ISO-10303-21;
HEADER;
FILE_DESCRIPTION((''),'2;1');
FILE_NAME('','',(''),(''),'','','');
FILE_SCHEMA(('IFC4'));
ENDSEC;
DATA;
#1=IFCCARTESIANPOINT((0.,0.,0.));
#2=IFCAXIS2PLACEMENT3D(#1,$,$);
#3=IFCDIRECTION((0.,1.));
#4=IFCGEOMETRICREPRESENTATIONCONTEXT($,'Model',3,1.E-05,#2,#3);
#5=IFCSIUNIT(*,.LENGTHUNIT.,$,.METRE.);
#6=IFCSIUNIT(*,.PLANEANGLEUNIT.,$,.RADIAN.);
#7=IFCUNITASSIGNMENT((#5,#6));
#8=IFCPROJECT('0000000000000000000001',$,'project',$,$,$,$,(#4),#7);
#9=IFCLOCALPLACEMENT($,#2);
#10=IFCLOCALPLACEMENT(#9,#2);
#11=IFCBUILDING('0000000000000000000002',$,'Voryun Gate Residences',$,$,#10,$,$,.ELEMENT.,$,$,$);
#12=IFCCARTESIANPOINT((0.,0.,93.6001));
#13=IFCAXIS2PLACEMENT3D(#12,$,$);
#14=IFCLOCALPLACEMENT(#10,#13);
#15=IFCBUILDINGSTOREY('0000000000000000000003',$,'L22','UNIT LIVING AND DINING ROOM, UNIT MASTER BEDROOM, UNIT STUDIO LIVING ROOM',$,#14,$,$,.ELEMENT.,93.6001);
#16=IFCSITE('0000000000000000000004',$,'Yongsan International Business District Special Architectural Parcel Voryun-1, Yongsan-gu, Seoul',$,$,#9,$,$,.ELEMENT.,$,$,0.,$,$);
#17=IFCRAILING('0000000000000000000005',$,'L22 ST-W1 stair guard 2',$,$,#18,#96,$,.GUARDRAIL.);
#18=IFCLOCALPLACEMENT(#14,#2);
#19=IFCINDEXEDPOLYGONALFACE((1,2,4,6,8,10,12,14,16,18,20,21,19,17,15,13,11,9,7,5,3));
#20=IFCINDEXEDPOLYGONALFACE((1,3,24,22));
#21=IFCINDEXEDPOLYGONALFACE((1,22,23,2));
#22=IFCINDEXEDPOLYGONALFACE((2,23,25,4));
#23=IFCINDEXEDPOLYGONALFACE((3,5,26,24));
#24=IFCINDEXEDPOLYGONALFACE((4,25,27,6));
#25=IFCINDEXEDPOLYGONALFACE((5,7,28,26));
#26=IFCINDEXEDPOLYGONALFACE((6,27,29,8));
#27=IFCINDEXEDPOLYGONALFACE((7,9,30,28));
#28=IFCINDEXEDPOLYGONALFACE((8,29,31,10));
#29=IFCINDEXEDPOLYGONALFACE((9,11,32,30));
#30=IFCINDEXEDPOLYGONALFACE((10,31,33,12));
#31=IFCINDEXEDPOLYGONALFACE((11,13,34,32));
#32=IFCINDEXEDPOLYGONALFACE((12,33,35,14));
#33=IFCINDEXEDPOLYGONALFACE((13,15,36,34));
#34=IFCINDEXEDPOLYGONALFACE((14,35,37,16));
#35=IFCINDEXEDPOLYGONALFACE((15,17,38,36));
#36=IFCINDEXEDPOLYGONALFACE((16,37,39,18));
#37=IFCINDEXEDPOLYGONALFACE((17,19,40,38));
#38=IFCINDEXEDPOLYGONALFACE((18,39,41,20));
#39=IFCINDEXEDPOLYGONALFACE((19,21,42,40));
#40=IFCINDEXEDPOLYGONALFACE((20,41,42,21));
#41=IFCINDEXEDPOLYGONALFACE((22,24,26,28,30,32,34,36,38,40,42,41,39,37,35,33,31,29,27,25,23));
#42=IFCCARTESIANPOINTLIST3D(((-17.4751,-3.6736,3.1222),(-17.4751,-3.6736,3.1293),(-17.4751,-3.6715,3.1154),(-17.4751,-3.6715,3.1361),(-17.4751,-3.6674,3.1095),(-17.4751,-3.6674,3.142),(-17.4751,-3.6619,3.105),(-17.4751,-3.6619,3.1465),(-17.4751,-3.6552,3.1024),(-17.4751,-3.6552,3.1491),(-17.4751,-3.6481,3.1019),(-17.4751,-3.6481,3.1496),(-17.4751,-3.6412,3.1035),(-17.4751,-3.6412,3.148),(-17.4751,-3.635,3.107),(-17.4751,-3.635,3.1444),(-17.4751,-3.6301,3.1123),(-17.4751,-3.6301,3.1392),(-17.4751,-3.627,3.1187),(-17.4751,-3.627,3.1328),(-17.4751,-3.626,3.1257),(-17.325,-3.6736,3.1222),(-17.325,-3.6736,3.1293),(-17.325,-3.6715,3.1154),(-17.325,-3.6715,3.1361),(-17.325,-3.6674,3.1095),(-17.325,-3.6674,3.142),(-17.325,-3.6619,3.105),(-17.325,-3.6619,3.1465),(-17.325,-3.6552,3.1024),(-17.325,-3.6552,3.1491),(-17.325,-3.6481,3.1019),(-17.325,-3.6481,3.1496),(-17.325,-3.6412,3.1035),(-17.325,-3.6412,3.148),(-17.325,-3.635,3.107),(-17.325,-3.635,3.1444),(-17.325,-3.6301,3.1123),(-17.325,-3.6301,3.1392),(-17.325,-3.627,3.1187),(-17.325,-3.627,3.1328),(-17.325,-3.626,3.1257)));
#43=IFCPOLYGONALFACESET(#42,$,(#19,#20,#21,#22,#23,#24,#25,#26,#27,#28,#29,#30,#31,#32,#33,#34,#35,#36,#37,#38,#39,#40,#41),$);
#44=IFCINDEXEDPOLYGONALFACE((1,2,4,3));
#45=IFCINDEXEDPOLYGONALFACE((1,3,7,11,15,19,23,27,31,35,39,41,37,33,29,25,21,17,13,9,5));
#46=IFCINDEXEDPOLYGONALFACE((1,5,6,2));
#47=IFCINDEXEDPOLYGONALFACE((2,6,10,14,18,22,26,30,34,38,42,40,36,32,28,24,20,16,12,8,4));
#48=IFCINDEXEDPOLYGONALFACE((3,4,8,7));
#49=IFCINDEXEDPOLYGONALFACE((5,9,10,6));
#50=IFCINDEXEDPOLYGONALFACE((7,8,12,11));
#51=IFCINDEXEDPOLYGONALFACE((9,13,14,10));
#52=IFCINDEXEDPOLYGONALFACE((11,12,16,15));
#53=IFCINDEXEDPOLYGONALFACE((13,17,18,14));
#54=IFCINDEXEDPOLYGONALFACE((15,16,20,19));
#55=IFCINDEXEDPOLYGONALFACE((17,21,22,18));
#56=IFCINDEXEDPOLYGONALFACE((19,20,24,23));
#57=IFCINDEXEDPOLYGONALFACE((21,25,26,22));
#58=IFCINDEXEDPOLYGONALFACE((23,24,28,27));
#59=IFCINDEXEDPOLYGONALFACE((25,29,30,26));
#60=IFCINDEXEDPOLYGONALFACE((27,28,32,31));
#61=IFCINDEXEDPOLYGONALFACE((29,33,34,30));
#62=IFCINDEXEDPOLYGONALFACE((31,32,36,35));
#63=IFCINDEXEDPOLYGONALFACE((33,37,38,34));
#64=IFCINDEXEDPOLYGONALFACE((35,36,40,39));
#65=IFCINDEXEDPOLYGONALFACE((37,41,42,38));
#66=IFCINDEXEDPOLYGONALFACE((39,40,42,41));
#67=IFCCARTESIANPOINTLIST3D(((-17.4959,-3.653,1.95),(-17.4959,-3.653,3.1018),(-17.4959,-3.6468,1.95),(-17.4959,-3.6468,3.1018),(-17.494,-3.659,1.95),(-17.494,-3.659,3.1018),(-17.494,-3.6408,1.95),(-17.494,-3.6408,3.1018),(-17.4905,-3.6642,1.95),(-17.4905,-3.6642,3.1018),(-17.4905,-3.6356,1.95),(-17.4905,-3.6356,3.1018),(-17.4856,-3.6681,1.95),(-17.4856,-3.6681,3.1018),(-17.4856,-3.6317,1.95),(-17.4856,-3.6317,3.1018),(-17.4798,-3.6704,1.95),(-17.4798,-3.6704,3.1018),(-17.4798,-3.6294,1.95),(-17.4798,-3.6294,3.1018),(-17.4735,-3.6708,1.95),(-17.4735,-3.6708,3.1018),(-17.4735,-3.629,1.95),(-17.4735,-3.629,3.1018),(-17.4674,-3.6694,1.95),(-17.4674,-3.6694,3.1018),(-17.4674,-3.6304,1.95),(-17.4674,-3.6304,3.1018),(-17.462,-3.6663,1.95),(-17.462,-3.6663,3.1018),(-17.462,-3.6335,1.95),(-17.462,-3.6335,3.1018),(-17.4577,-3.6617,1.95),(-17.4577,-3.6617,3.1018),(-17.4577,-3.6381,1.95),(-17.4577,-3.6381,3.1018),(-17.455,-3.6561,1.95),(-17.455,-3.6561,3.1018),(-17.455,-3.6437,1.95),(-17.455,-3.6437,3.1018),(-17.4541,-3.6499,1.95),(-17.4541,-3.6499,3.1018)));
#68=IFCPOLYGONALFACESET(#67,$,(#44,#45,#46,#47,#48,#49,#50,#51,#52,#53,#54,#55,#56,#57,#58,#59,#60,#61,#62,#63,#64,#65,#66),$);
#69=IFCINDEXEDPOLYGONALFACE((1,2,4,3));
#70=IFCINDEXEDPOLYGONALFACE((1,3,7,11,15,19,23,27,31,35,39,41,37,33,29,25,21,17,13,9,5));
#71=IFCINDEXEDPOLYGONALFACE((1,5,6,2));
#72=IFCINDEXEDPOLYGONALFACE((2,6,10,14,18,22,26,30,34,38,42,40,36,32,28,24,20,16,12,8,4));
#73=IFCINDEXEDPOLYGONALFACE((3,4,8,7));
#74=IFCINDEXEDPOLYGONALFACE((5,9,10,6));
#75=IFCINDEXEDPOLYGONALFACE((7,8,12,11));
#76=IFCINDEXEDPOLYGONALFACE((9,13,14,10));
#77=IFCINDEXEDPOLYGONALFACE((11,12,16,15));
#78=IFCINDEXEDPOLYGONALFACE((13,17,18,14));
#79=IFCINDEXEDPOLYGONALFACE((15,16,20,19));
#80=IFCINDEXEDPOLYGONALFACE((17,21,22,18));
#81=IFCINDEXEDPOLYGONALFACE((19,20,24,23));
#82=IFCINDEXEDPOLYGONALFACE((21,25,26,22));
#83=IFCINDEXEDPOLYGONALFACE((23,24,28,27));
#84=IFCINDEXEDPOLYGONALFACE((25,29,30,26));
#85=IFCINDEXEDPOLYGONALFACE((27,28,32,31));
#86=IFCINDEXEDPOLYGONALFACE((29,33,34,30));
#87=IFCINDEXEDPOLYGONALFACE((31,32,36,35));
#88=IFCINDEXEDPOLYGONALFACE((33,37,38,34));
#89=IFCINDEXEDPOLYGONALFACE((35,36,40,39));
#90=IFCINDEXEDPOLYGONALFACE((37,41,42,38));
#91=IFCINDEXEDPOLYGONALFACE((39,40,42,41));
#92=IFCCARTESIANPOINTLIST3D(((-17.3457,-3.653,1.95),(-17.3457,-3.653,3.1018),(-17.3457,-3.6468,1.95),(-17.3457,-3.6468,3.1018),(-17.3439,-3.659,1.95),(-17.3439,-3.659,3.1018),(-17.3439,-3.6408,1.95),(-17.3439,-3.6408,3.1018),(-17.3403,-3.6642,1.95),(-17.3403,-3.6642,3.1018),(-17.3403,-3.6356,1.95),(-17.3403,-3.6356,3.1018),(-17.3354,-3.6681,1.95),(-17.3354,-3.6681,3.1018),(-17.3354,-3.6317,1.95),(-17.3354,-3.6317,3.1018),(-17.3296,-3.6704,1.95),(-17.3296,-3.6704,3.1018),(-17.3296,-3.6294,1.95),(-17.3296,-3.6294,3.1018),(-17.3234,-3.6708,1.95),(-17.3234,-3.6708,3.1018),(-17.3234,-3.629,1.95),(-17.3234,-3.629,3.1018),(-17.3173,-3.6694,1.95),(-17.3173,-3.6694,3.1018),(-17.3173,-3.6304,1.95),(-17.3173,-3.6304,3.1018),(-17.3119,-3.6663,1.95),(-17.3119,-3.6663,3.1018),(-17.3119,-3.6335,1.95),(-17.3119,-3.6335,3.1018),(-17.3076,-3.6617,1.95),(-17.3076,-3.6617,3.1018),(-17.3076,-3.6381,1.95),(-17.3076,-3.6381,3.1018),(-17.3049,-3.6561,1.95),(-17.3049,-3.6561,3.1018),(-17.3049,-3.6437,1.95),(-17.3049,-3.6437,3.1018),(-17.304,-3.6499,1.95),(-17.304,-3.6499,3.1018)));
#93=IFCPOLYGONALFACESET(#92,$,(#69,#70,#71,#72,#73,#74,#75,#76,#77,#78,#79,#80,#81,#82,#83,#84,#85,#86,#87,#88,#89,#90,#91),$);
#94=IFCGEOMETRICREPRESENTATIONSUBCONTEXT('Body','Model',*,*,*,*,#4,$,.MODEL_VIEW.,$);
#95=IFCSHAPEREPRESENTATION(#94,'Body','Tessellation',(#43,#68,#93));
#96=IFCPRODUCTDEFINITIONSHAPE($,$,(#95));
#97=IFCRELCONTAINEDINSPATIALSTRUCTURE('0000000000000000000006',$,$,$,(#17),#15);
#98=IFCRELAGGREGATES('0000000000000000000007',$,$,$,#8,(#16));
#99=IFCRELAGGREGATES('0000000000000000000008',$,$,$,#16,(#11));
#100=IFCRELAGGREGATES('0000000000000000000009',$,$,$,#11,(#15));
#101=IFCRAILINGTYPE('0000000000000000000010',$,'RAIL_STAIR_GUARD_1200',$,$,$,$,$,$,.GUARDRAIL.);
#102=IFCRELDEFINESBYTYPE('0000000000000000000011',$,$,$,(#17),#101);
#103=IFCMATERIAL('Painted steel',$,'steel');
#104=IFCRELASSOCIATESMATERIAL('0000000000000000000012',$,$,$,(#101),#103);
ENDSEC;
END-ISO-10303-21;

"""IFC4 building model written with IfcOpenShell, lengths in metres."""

from ifc_helpers import new_model, si_unit, direction, frame, origin, origin_2d, place, context, subcontext, project, spatial, circle, extrude, material, type_object, element, save


model = new_model("IFC4")

# Units and contexts
model_context = context("Model", 3, precision=1e-05, world=origin(), true_north=direction((0.0, 1.0)))
body_context = subcontext(model_context, "Body", "Model", "MODEL_VIEW")
ifc_project = project(units=[si_unit("LENGTHUNIT", "METRE"), si_unit("PLANEANGLEUNIT", "RADIAN")], contexts=[model_context])

# Site, building, storey
site_placement = place(None, origin())
site = spatial("IfcSite", under=ifc_project, at=site_placement, Name="Yongsan International Business District Special Architectural Parcel Voryun-1, Yongsan-gu, Seoul", CompositionType="ELEMENT", RefElevation=0.0)
building_placement = place(site_placement, origin())
building = spatial("IfcBuilding", under=site, at=building_placement, Name="Voryun Gate Residences", CompositionType="ELEMENT")
storey_placement = place(building_placement, frame((0.0, 0.0, 93.6001)))
storey = spatial("IfcBuildingStorey", under=building, at=storey_placement, Name="L22", Description="UNIT LIVING AND DINING ROOM, UNIT MASTER BEDROOM, UNIT STUDIO LIVING ROOM", CompositionType="ELEMENT", Elevation=93.6001)

# Railing
ifc_material_1 = material(Name="Painted steel", Category="steel")
railing_type_1 = type_object("IfcRailingType", Name="RAIL_STAIR_GUARD_1200", PredefinedType="GUARDRAIL", material=ifc_material_1)
railing_1_placement = place(storey_placement, frame((-17.4751, -3.6499, 1.95)))
element("IfcRailing", 1, at=railing_1_placement, inside=storey, type_object=railing_type_1, Name="L22 ST-W1 stair guard 2", PredefinedType="GUARDRAIL", context=body_context, shape_type="SweptSolid", body=[
    extrude(circle(Radius=0.0239, at=origin_2d()), frame((0.0, 0.0, 1.1758), z_axis=(1.0, 0.0, 0.0), x_axis=(0.0, 1.0, 0.0)), (0.0, 0.0, 1.0), 0.1501),
    extrude(circle(Radius=0.021, at=origin_2d()), origin(), (0.0, 0.0, 1.0), 1.1519),
    extrude(circle(Radius=0.021, at=origin_2d()), frame((0.1501, 0.0, 0.0)), (0.0, 0.0, 1.0), 1.1519),
])

save(model, "model.ifc")
